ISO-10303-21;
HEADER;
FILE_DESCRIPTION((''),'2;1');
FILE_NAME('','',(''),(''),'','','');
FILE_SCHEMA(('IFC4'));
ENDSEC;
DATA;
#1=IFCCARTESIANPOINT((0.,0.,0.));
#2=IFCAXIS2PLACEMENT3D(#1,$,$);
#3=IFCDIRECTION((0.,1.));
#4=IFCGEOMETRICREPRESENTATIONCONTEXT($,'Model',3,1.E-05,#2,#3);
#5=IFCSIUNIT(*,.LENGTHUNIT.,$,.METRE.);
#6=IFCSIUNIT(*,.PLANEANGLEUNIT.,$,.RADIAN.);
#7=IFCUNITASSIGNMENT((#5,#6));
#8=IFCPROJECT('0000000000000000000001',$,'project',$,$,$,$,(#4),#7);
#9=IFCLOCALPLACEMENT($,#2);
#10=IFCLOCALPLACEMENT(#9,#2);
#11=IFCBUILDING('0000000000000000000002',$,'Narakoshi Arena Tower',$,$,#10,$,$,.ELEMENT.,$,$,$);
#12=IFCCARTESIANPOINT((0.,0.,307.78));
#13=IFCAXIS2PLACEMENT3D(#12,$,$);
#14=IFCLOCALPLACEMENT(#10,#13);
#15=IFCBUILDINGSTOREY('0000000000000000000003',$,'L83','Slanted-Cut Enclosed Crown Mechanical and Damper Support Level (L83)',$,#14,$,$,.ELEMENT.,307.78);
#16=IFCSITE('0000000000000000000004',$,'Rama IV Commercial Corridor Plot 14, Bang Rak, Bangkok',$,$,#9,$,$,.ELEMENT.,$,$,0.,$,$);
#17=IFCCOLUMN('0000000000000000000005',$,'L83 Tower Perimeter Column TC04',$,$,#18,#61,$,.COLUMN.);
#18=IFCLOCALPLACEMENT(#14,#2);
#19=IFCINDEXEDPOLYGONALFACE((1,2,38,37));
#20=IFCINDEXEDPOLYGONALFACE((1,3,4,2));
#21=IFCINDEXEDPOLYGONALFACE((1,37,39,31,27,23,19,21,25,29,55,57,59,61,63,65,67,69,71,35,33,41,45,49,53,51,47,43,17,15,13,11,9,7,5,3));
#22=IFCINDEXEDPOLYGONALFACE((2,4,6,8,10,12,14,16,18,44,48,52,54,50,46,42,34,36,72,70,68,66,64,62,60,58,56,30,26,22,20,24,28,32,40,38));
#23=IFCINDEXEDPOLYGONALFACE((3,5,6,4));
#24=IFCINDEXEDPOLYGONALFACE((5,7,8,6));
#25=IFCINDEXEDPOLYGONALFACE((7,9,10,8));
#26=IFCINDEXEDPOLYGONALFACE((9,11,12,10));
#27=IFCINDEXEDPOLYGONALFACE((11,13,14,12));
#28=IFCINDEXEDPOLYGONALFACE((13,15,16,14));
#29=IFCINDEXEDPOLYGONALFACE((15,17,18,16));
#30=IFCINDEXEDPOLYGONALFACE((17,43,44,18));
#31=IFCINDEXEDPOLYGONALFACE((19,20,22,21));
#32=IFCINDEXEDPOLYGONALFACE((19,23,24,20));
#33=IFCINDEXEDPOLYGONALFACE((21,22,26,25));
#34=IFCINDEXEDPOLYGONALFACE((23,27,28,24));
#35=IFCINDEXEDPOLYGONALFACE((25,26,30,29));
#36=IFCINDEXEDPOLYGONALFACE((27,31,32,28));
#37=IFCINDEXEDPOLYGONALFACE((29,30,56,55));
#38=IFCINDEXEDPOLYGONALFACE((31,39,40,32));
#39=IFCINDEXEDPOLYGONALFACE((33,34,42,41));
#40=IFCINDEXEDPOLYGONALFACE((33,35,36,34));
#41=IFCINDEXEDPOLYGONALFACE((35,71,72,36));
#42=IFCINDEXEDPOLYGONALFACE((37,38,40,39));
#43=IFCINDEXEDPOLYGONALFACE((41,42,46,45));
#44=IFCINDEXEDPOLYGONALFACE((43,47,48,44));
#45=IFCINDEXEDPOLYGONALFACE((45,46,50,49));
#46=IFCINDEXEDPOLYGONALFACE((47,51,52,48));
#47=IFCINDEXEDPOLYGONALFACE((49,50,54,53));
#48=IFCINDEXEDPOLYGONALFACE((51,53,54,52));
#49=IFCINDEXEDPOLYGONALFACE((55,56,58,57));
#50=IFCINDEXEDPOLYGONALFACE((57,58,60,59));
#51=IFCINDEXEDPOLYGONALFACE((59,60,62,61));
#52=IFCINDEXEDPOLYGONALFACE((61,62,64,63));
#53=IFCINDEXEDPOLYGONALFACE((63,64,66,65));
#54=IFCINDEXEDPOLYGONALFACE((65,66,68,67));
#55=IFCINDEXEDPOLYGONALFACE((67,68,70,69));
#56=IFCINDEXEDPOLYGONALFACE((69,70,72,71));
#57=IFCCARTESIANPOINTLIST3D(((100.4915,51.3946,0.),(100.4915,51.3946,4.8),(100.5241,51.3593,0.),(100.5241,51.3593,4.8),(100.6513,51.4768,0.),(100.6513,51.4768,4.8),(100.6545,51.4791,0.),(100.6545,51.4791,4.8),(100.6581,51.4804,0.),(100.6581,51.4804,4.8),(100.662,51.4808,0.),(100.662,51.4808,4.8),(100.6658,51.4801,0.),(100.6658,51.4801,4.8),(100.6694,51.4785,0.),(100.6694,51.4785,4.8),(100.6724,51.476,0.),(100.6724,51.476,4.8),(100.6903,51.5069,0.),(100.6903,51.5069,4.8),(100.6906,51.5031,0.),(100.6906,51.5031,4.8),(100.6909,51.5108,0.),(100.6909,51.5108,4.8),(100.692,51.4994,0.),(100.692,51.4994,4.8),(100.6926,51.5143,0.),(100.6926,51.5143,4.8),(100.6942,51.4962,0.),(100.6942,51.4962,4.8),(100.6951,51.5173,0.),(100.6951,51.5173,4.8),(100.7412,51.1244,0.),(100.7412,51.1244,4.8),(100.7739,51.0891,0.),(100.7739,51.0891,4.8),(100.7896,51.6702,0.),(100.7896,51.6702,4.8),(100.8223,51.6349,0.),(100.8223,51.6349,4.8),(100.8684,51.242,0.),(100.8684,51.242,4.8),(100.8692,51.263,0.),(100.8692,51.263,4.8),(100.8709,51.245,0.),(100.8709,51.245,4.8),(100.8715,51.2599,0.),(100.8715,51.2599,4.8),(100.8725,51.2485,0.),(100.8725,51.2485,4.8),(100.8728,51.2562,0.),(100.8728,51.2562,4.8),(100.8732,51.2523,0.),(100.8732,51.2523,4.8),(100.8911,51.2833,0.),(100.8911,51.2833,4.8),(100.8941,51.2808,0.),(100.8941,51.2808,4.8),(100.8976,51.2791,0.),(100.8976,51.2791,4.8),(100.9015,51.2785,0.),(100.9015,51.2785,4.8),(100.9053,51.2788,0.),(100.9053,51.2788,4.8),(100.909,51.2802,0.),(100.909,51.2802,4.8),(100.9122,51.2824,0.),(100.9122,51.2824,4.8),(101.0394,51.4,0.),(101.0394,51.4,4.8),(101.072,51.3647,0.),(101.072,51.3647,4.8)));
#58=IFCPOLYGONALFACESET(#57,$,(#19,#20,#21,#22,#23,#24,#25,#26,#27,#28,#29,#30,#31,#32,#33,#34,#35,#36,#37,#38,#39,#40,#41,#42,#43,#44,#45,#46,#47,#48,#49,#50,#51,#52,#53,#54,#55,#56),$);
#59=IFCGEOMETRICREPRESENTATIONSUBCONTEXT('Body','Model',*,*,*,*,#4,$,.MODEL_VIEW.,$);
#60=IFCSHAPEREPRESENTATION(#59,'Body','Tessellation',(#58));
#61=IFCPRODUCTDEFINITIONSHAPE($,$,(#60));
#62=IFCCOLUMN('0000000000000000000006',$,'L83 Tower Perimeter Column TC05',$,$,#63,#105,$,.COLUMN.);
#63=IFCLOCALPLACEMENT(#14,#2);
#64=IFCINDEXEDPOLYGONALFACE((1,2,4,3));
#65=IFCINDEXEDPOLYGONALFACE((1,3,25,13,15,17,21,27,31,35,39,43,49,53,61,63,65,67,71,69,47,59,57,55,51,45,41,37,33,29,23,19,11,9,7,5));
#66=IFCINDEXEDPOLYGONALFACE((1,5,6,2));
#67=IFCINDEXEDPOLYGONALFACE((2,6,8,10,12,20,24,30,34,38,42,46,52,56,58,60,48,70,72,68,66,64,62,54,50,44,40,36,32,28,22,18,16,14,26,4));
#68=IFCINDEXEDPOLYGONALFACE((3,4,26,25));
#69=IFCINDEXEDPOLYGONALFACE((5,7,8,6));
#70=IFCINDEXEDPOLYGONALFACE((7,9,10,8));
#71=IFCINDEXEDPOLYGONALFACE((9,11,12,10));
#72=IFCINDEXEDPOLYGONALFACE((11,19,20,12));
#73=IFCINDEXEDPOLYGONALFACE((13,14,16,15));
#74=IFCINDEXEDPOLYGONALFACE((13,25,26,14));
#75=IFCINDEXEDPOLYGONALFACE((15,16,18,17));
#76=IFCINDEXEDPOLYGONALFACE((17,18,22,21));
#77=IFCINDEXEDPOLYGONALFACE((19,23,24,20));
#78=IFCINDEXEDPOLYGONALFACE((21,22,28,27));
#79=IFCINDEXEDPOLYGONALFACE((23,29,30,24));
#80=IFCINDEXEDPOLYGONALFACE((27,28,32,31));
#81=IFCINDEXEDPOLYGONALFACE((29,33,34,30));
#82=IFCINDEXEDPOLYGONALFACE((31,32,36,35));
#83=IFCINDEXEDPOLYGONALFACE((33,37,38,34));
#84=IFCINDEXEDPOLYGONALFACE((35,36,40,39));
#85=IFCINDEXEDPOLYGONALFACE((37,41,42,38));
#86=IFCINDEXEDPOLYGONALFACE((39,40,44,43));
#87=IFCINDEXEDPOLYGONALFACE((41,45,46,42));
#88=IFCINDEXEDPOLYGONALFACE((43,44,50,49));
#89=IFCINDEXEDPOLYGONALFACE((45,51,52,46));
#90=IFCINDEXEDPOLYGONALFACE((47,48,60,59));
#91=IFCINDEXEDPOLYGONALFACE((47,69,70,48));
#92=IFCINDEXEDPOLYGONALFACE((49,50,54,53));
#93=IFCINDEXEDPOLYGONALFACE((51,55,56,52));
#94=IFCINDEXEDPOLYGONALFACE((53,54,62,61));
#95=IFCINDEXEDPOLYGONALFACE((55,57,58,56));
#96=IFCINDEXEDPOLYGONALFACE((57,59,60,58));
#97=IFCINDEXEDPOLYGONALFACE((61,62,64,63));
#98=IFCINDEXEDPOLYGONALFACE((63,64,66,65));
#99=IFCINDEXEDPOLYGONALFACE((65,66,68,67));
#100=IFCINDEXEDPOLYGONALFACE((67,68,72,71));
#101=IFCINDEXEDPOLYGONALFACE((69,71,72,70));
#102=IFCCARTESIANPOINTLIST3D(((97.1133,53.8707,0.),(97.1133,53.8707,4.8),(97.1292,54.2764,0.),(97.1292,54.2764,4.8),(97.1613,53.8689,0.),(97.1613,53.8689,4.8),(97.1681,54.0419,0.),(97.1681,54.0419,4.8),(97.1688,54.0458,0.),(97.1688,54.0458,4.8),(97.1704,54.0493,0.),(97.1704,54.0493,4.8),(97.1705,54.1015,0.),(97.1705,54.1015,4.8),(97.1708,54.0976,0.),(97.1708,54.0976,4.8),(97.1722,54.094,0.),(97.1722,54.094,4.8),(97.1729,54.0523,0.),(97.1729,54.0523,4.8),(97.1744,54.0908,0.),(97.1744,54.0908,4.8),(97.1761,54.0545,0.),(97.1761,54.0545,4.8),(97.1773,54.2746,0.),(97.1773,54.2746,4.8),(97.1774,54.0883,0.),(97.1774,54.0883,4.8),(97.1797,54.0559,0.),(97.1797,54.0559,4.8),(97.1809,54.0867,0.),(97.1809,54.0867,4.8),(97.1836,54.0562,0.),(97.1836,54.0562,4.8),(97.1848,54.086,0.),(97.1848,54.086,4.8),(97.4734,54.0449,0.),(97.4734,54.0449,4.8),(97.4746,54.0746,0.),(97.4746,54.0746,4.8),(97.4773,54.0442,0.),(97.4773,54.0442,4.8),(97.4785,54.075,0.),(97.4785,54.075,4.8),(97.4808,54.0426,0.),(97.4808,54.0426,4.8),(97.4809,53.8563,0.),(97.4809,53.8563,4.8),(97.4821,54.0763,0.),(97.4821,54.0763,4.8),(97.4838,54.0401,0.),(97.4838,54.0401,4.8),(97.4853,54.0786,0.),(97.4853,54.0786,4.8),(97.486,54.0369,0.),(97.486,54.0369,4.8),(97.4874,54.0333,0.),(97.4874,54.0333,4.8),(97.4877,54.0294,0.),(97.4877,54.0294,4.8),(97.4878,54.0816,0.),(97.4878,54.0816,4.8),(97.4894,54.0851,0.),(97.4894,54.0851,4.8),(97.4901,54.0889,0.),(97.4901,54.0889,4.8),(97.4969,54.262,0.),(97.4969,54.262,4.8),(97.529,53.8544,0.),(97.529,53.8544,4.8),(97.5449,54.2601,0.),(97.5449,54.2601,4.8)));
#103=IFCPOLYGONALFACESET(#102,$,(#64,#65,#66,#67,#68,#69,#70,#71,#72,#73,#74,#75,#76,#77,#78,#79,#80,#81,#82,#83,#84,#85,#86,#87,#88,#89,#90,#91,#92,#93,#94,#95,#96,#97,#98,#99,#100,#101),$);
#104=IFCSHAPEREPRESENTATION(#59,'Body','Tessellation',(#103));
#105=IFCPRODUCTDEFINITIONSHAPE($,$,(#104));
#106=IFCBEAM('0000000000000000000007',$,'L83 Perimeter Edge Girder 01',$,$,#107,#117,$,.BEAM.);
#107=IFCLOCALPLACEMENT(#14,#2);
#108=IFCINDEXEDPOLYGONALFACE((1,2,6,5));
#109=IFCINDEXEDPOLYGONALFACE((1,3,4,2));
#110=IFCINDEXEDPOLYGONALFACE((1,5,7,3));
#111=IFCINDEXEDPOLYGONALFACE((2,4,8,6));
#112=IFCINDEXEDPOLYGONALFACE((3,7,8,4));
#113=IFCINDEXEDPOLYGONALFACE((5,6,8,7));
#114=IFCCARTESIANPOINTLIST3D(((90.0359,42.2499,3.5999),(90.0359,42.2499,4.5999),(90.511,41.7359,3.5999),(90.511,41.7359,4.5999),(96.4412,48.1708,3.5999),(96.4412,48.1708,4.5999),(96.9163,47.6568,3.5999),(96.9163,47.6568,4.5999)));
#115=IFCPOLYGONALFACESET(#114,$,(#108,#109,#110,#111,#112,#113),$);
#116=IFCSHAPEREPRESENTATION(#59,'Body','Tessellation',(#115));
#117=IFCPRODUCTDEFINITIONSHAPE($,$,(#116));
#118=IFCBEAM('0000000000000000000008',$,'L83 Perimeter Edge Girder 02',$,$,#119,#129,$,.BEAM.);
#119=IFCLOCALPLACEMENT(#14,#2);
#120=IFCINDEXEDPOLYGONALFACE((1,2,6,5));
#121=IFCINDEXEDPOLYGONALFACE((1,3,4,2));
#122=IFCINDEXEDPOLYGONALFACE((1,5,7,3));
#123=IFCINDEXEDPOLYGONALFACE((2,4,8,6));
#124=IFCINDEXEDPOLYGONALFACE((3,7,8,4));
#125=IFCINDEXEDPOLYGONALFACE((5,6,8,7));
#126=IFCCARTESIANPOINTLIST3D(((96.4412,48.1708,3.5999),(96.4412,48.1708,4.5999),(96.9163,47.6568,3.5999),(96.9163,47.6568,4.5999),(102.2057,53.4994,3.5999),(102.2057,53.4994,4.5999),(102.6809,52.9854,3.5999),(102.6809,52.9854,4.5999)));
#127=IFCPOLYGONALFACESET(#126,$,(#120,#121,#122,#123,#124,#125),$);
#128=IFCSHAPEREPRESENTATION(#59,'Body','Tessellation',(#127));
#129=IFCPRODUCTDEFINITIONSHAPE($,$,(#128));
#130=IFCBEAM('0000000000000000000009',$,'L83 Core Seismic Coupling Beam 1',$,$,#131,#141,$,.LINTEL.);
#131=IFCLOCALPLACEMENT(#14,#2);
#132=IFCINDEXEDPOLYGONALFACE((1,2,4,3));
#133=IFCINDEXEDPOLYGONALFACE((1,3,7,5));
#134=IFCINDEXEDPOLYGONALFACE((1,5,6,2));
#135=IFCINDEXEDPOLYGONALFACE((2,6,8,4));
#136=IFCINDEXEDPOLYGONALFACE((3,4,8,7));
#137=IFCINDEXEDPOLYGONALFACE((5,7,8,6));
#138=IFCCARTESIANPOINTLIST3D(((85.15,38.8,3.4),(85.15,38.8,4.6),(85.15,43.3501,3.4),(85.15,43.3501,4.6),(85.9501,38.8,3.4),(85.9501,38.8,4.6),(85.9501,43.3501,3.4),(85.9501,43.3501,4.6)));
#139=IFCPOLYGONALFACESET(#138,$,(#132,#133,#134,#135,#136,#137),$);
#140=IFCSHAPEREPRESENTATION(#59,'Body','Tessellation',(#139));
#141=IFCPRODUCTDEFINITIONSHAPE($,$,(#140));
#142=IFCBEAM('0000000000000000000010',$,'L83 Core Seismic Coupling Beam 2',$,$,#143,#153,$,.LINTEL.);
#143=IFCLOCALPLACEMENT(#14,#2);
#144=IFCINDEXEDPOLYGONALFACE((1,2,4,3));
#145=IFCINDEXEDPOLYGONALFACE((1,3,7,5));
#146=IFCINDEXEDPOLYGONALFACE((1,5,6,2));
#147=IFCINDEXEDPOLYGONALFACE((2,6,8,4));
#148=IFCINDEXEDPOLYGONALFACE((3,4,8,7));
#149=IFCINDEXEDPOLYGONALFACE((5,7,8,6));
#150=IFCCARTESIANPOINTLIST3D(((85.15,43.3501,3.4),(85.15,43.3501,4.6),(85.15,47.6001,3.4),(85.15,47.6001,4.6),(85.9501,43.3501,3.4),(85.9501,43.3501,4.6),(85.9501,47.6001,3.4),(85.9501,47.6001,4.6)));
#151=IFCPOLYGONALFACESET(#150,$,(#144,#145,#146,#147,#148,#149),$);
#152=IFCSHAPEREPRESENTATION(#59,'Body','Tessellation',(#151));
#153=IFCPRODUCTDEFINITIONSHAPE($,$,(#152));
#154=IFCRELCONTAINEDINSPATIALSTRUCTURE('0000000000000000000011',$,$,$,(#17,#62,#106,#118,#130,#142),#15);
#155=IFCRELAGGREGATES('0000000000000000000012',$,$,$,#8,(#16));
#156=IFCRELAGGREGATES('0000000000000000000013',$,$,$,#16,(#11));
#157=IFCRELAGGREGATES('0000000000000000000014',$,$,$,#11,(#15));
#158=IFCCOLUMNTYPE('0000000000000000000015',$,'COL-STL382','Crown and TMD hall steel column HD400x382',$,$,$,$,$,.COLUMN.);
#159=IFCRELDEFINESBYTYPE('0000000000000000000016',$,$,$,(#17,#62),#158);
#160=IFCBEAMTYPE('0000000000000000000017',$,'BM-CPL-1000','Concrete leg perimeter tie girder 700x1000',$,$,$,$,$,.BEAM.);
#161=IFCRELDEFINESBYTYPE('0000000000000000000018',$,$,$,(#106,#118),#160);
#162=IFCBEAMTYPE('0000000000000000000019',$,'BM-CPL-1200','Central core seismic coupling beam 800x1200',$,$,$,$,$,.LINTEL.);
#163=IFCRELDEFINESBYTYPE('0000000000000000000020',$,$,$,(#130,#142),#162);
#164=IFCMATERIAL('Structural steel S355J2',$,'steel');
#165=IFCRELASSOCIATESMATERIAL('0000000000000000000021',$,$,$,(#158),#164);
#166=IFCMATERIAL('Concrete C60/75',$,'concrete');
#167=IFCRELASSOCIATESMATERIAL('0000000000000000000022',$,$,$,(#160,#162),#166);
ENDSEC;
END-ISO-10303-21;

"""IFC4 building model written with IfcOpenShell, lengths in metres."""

from ifc_helpers import new_model, si_unit, direction, frame, origin, origin_2d, place, context, subcontext, project, spatial, rectangle, i_section, extrude, material, material_profile, profile_set, type_object, element, save


model = new_model("IFC4")

# Units and contexts
model_context = context("Model", 3, precision=1e-05, world=origin(), true_north=direction((0.0, 1.0)))
body_context = subcontext(model_context, "Body", "Model", "MODEL_VIEW")
ifc_project = project(units=[si_unit("LENGTHUNIT", "METRE"), si_unit("PLANEANGLEUNIT", "RADIAN")], contexts=[model_context])

# Site, building, storey
site_placement = place(None, origin())
site = spatial("IfcSite", under=ifc_project, at=site_placement, Name="Rama IV Commercial Corridor Plot 14, Bang Rak, Bangkok", CompositionType="ELEMENT", RefElevation=0.0)
building_placement = place(site_placement, origin())
building = spatial("IfcBuilding", under=site, at=building_placement, Name="Narakoshi Arena Tower", CompositionType="ELEMENT")
storey_placement = place(building_placement, frame((0.0, 0.0, 307.78)))
storey = spatial("IfcBuildingStorey", under=building, at=storey_placement, Name="L83", Description="Slanted-Cut Enclosed Crown Mechanical and Damper Support Level (L83)", CompositionType="ELEMENT", Elevation=307.78)

# Columns
ifc_material_1 = material(Name="Structural steel S355J2", Category="steel")
ifc_material_profile_1 = material_profile(ifc_material_1, i_section(OverallWidth=0.406, OverallDepth=0.416, WebThickness=0.0298, FlangeThickness=0.0481, FilletRadius=0.0149, at=origin_2d()), Name="HD400x382")
ifc_profile_set_1 = profile_set([ifc_material_profile_1], Name="Structural steel S355J2")
column_type = type_object("IfcColumnType", Name="COL-STL382", Description="Crown and TMD hall steel column HD400x382", PredefinedType="COLUMN", material=ifc_profile_set_1)
for number, where, z_axis, x_axis, name in (
    (1, (100.7817, 51.3796, 0.0), (0.0, 0.0, 1.0), (0.734323, 0.678801, 0.0), "L83 Tower Perimeter Column TC04"),
    (2, (97.3291, 54.0654, 0.0), (0.0, 0.0, 1.0), (0.03926, 0.999229, 0.0), "L83 Tower Perimeter Column TC05"),
):
    element("IfcColumn", number, at=place(storey_placement, frame(where, z_axis=z_axis, x_axis=x_axis)), inside=storey, type_object=column_type, Name=name, PredefinedType="COLUMN", context=body_context, shape_type="SweptSolid", body=[
        extrude(i_section(OverallWidth=0.406, OverallDepth=0.416, WebThickness=0.0298, FlangeThickness=0.0481, FilletRadius=0.0149, at=origin_2d()), origin(), (0.0, 0.0, 1.0), 4.8),
    ])

# Beams
ifc_material_2 = material(Name="Concrete C60/75", Category="concrete")
ifc_material_profile_2 = material_profile(ifc_material_2, rectangle(XDim=0.7, YDim=1.0, at=origin_2d()), Name="RCB700x1000")
ifc_profile_set_2 = profile_set([ifc_material_profile_2], Name="Concrete C60/75")
beam_type_1 = type_object("IfcBeamType", Name="BM-CPL-1000", Description="Concrete leg perimeter tie girder 700x1000", PredefinedType="BEAM", material=ifc_profile_set_2)
beam_1_placement = place(storey_placement, frame((90.2734, 41.9929, 4.0999), z_axis=(0.734327, 0.678796, 0.0), x_axis=(-0.678796, 0.734327, 0.0)))
element("IfcBeam", 3, at=beam_1_placement, inside=storey, type_object=beam_type_1, Name="L83 Perimeter Edge Girder 01", PredefinedType="BEAM", context=body_context, shape_type="SweptSolid", body=[
    extrude(rectangle(XDim=0.7, YDim=1.0, at=origin_2d()), origin(), (0.0, 0.0, 1.0), 8.7227),
])
beam_2_placement = place(storey_placement, frame((96.6787, 47.9138, 4.0999), z_axis=(0.734333, 0.678789, 0.0), x_axis=(-0.678789, 0.734333, 0.0)))
element("IfcBeam", 4, at=beam_2_placement, inside=storey, type_object=beam_type_1, Name="L83 Perimeter Edge Girder 02", PredefinedType="BEAM", context=body_context, shape_type="SweptSolid", body=[
    extrude(rectangle(XDim=0.7, YDim=1.0, at=origin_2d()), origin(), (0.0, 0.0, 1.0), 7.8501),
])
ifc_material_profile_3 = material_profile(ifc_material_2, rectangle(XDim=0.8, YDim=1.2, at=origin_2d()), Name="RCB800x1200")
ifc_profile_set_3 = profile_set([ifc_material_profile_3], Name="Concrete C60/75")
beam_type_2 = type_object("IfcBeamType", Name="BM-CPL-1200", Description="Central core seismic coupling beam 800x1200", PredefinedType="LINTEL", material=ifc_profile_set_3)
beam_3_placement = place(storey_placement, frame((85.55, 38.8, 4.0), z_axis=(0.0, 1.0, 0.0), x_axis=(-1.0, 0.0, 0.0)))
element("IfcBeam", 5, at=beam_3_placement, inside=storey, type_object=beam_type_2, Name="L83 Core Seismic Coupling Beam 1", PredefinedType="LINTEL", context=body_context, shape_type="SweptSolid", body=[
    extrude(rectangle(XDim=0.8, YDim=1.2, at=origin_2d()), origin(), (0.0, 0.0, 1.0), 4.55),
])
beam_4_placement = place(storey_placement, frame((85.55, 43.3501, 4.0), z_axis=(0.0, 1.0, 0.0), x_axis=(-1.0, 0.0, 0.0)))
element("IfcBeam", 6, at=beam_4_placement, inside=storey, type_object=beam_type_2, Name="L83 Core Seismic Coupling Beam 2", PredefinedType="LINTEL", context=body_context, shape_type="SweptSolid", body=[
    extrude(rectangle(XDim=0.8, YDim=1.2, at=origin_2d()), origin(), (0.0, 0.0, 1.0), 4.25),
])

save(model, "model.ifc")
